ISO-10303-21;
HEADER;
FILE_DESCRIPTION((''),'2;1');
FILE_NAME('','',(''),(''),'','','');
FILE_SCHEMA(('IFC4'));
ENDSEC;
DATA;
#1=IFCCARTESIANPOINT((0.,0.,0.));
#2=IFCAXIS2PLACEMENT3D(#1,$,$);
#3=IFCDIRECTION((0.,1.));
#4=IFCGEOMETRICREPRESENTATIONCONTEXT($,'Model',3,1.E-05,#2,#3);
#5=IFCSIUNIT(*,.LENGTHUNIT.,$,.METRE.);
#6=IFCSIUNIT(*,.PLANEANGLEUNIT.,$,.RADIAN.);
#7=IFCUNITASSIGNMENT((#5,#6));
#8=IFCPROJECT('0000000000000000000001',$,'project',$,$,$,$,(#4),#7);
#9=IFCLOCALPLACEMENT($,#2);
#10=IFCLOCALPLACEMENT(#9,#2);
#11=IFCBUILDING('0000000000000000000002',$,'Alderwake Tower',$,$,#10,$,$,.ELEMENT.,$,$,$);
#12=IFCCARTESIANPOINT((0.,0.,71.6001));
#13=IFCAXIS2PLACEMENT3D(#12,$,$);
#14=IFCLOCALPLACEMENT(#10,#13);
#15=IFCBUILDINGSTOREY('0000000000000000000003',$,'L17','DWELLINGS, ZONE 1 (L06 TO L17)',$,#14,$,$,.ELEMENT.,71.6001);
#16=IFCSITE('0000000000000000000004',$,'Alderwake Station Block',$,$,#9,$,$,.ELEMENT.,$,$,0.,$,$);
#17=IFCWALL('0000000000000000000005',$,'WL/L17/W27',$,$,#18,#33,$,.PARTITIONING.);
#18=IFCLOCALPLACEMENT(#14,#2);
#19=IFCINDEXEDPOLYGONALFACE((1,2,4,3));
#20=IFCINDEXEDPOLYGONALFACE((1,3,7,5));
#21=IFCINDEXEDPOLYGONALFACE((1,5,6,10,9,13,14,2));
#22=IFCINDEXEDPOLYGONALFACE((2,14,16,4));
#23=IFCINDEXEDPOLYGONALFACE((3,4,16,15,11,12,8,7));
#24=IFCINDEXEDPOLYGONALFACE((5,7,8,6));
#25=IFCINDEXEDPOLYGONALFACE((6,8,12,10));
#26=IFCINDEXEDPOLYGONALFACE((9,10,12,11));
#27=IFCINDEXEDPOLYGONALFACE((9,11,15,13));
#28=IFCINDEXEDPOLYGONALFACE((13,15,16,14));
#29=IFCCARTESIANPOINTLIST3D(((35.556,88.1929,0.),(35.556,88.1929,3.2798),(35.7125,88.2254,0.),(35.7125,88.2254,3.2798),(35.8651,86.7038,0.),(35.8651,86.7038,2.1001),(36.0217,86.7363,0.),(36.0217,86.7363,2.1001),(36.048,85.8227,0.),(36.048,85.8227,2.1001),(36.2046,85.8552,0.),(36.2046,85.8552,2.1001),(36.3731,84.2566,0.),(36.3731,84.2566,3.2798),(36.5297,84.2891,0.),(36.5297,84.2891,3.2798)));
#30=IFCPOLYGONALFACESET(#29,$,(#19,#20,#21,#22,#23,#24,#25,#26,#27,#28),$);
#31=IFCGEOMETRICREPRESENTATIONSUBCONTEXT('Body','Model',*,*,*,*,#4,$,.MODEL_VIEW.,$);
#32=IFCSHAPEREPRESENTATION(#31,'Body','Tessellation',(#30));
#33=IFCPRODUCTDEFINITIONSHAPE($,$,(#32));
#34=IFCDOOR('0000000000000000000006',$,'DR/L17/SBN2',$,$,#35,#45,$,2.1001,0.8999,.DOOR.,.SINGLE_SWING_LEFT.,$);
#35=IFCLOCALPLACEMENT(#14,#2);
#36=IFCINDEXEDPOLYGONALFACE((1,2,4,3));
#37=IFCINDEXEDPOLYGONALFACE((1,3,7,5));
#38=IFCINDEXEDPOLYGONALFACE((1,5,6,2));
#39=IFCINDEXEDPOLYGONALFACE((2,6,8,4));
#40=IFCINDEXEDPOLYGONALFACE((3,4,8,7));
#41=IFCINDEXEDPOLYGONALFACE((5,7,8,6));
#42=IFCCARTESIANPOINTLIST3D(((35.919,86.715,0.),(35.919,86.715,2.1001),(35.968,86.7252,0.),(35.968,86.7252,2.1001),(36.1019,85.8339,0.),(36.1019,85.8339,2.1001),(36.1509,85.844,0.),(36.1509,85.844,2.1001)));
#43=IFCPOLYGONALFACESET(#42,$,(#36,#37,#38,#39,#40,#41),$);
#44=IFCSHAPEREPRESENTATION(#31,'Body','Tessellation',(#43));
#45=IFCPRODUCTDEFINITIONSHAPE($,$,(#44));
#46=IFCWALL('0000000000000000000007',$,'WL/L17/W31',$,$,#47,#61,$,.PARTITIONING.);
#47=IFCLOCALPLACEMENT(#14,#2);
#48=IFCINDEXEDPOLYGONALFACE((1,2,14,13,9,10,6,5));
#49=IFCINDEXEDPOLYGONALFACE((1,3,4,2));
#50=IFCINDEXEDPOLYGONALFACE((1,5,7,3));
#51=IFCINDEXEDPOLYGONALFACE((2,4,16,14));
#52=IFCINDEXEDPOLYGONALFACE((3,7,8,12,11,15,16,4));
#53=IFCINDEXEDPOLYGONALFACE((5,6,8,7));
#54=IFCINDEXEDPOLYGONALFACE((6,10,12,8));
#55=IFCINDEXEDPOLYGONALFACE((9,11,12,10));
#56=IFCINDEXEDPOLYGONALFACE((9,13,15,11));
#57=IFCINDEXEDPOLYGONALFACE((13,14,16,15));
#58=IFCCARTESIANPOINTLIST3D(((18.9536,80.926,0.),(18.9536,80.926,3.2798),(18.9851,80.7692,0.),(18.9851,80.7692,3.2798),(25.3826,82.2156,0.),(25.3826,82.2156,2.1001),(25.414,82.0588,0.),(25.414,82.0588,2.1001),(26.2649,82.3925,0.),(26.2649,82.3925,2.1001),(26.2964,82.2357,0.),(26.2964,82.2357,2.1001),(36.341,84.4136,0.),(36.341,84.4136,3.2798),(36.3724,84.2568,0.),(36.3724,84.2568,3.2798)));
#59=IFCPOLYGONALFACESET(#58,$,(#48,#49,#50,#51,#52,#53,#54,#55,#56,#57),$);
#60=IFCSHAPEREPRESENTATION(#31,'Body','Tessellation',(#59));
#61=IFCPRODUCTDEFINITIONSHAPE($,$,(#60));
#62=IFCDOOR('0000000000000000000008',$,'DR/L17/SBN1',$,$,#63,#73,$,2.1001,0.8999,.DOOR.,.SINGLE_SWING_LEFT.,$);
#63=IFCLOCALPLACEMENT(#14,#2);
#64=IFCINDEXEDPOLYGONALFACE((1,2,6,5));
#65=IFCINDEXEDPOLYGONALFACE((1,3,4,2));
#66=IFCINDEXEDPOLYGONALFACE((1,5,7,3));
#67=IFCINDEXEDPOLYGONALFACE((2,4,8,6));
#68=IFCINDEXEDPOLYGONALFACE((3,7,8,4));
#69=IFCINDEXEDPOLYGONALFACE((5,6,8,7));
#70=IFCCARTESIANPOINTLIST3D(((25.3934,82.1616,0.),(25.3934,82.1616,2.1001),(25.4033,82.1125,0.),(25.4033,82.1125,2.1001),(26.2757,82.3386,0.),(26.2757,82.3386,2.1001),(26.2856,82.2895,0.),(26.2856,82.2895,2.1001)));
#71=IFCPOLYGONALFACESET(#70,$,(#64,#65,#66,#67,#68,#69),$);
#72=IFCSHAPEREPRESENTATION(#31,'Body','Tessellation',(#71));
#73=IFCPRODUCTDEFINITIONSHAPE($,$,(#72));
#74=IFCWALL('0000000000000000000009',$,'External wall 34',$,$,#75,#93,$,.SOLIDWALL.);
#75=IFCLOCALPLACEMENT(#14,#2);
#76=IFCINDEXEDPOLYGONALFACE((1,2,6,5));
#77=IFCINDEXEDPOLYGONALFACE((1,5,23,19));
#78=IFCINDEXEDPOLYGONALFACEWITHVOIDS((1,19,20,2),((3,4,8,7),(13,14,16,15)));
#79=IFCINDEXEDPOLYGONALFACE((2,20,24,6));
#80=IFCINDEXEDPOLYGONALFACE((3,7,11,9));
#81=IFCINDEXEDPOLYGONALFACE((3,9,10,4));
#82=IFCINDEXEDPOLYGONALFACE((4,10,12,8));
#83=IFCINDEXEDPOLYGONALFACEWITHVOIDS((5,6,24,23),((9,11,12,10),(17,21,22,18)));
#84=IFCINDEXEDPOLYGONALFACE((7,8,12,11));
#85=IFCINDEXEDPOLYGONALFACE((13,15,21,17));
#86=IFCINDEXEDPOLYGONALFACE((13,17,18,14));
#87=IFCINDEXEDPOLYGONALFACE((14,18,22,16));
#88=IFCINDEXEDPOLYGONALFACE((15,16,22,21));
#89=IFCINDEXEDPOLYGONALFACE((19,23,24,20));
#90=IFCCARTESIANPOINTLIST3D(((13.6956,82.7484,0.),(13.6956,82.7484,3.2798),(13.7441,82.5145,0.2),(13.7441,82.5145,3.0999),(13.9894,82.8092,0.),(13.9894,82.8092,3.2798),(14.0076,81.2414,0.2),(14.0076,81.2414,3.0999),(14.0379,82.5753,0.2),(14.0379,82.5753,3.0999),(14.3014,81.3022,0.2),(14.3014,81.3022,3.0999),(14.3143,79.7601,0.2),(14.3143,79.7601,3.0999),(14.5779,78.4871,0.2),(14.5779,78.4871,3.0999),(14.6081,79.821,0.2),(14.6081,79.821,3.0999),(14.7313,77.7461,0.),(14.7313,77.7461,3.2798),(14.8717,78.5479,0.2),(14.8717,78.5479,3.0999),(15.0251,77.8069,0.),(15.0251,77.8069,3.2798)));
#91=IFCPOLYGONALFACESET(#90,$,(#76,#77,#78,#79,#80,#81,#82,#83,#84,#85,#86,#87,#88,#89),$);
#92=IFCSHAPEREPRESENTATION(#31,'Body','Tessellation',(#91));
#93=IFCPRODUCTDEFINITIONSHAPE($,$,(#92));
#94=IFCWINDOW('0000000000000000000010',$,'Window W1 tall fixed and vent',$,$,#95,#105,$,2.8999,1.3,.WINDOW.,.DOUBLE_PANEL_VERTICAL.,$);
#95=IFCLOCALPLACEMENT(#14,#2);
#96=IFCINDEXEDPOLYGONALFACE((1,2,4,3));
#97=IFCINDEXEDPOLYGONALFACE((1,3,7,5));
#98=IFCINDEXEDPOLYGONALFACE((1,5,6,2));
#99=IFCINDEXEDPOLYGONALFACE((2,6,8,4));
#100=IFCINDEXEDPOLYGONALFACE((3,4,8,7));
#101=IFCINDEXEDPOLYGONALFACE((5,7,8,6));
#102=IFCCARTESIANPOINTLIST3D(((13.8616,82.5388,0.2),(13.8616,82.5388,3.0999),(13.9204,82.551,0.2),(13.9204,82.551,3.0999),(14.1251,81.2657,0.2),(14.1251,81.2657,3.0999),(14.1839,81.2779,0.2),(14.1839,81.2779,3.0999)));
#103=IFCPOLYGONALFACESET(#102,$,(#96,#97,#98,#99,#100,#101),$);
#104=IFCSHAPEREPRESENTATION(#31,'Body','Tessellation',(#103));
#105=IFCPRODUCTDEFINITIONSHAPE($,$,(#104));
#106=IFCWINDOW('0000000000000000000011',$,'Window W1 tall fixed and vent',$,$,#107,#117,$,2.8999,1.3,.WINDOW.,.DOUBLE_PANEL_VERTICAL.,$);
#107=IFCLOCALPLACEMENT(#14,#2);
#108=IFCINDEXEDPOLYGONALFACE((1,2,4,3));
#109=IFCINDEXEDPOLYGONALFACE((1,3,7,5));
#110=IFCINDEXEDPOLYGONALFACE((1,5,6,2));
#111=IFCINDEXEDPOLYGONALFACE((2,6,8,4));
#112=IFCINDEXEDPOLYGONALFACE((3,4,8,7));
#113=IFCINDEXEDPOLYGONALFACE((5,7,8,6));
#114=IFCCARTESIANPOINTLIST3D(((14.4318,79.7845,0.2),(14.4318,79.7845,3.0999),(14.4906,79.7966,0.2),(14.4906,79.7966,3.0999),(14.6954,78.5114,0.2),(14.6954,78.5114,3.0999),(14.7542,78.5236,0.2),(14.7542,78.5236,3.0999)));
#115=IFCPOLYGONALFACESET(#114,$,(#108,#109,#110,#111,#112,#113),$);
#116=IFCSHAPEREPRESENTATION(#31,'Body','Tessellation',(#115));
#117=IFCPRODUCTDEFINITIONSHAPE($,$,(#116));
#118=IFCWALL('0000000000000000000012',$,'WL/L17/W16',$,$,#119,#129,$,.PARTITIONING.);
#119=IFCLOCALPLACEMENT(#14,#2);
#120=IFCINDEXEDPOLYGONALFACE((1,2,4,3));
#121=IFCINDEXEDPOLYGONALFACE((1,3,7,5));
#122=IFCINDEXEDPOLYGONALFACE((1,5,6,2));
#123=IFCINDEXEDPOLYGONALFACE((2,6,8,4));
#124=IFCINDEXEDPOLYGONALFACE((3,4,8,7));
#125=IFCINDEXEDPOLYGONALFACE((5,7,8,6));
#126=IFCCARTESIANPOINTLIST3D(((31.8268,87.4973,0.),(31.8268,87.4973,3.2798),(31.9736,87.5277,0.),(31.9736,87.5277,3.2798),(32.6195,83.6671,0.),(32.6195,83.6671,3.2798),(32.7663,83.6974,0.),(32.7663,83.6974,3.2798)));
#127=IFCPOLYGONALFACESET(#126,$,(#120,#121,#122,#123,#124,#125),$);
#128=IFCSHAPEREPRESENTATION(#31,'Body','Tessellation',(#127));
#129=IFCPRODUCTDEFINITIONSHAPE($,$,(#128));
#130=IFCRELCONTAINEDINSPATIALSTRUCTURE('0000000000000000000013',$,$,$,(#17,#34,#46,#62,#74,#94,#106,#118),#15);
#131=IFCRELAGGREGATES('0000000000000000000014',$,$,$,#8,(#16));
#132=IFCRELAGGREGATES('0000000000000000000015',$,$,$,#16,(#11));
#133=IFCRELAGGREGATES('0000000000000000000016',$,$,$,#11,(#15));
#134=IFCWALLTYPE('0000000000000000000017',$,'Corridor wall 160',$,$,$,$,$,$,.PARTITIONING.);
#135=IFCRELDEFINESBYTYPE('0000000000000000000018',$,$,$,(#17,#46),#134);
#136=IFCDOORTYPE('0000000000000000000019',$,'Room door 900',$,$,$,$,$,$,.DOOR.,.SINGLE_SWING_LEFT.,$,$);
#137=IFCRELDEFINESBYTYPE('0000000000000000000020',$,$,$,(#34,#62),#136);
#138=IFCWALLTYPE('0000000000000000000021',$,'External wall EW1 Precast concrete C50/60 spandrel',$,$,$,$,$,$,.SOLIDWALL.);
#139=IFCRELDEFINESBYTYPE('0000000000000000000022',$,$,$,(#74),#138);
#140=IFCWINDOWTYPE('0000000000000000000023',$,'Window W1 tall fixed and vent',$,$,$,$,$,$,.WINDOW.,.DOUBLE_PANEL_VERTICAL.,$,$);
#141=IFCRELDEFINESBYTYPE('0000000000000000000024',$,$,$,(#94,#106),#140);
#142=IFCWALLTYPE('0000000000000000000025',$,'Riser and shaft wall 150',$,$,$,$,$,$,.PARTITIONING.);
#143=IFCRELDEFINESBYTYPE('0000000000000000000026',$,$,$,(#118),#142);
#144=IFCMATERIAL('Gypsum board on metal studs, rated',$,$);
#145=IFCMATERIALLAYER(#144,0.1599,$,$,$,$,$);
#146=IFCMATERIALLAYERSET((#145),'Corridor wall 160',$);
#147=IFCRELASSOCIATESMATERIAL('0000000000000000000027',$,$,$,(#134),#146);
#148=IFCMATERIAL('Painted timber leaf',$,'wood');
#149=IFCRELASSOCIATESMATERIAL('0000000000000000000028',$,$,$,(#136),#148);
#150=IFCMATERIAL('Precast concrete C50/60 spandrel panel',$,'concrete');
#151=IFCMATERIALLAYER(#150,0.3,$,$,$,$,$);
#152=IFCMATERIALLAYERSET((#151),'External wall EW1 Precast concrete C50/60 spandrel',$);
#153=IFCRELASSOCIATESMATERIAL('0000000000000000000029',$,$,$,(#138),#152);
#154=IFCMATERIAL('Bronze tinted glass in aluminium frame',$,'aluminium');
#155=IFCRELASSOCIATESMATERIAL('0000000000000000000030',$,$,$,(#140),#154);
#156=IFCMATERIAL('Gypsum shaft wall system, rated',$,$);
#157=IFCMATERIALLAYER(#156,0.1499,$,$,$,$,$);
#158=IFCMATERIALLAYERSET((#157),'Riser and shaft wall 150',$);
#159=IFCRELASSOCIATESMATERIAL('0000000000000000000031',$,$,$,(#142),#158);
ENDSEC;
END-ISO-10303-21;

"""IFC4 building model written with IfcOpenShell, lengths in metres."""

from ifc_helpers import new_model, si_unit, direction, frame, frame_2d, origin, place, context, subcontext, project, spatial, rectangle, extrude, material, layer, layer_set, type_object, element, fill, save


model = new_model("IFC4")

# Units and contexts
model_context = context("Model", 3, precision=1e-05, world=origin(), true_north=direction((0.0, 1.0)))
body_context = subcontext(model_context, "Body", "Model", "MODEL_VIEW")
ifc_project = project(units=[si_unit("LENGTHUNIT", "METRE"), si_unit("PLANEANGLEUNIT", "RADIAN")], contexts=[model_context])

# Site, building, storey
site_placement = place(None, origin())
site = spatial("IfcSite", under=ifc_project, at=site_placement, Name="Alderwake Station Block", CompositionType="ELEMENT", RefElevation=0.0)
building_placement = place(site_placement, origin())
building = spatial("IfcBuilding", under=site, at=building_placement, Name="Alderwake Tower", CompositionType="ELEMENT")
storey_placement = place(building_placement, frame((0.0, 0.0, 71.6001)))
storey = spatial("IfcBuildingStorey", under=building, at=storey_placement, Name="L17", Description="DWELLINGS, ZONE 1 (L06 TO L17)", CompositionType="ELEMENT", Elevation=71.6001)

# Shared definitions
ifc_material_1 = material(Name="Gypsum board on metal studs, rated")
ifc_layer_1 = layer(ifc_material_1, 0.1599)
ifc_layer_set_1 = layer_set([ifc_layer_1], Name="Corridor wall 160")
wall_type_1 = type_object("IfcWallType", Name="Corridor wall 160", PredefinedType="PARTITIONING", material=ifc_layer_set_1)

# Walls, openings, doors
wall_1_placement = place(storey_placement, frame((36.4514, 84.2727, 0.0), z_axis=(0.0, 0.0, 1.0), x_axis=(-0.203258, 0.979125, 0.0)))
wall_1 = element("IfcWall", 1, at=wall_1_placement, inside=storey, type_object=wall_type_1, Name="WL/L17/W27", PredefinedType="PARTITIONING", context=body_context, shape_type="SweptSolid", body=[
    extrude(rectangle(XDim=4.0203, YDim=0.1599, at=frame_2d((2.0103, 0.0))), origin(), (0.0, 0.0, 1.0), 3.2798),
])
opening_1_placement = place(wall_1_placement, frame((1.5996, 0.0, 0.0)))
opening_1 = element("IfcOpeningElement", 2, at=opening_1_placement, cuts=wall_1, PredefinedType="OPENING", context=body_context, shape_type="SweptSolid", body=[
    extrude(rectangle(XDim=0.8999, YDim=2.1001, at=frame_2d((0.45, 1.05))), frame((0.0, 0.0898, 0.0), z_axis=(0.0, -1.0, 0.0), x_axis=(1.0, 0.0, 0.0)), (0.0, 0.0, 1.0), 0.1799),
])
ifc_material_2 = material(Name="Painted timber leaf", Category="wood")
door_type_1 = type_object("IfcDoorType", Name="Room door 900", OperationType="SINGLE_SWING_LEFT", PredefinedType="DOOR", material=ifc_material_2)
door_1_placement = place(opening_1_placement, origin())
door_1 = element("IfcDoor", 3, at=door_1_placement, inside=storey, type_object=door_type_1, Name="DR/L17/SBN2", OperationType="SINGLE_SWING_LEFT", OverallHeight=2.1001, OverallWidth=0.8999, PredefinedType="DOOR", context=body_context, shape_type="SweptSolid", body=[
    extrude(rectangle(XDim=0.8999, YDim=2.1001, at=frame_2d((0.45, 1.05))), frame((0.0, 0.0249, 0.0), z_axis=(0.0, -1.0, 0.0), x_axis=(1.0, 0.0, 0.0)), (0.0, 0.0, 1.0), 0.05),
])
fill(opening_1, door_1)
wall_2_placement = place(storey_placement, frame((18.9695, 80.8477, 0.0), z_axis=(0.0, 0.0, 1.0), x_axis=(0.980471, 0.196664, 0.0)))
wall_2 = element("IfcWall", 4, at=wall_2_placement, inside=storey, type_object=wall_type_1, Name="WL/L17/W31", PredefinedType="PARTITIONING", context=body_context, shape_type="SweptSolid", body=[
    extrude(rectangle(XDim=17.7336, YDim=0.1599, at=frame_2d((8.8667, 0.0))), origin(), (0.0, 0.0, 1.0), 3.2798),
])
opening_2_placement = place(wall_2_placement, frame((6.5569, 0.0, 0.0)))
opening_2 = element("IfcOpeningElement", 5, at=opening_2_placement, cuts=wall_2, PredefinedType="OPENING", context=body_context, shape_type="SweptSolid", body=[
    extrude(rectangle(XDim=0.8999, YDim=2.1001, at=frame_2d((0.45, 1.05))), frame((0.0, 0.0898, 0.0), z_axis=(0.0, -1.0, 0.0), x_axis=(1.0, 0.0, 0.0)), (0.0, 0.0, 1.0), 0.1799),
])
door_2_placement = place(opening_2_placement, origin())
door_2 = element("IfcDoor", 6, at=door_2_placement, inside=storey, type_object=door_type_1, Name="DR/L17/SBN1", OperationType="SINGLE_SWING_LEFT", OverallHeight=2.1001, OverallWidth=0.8999, PredefinedType="DOOR", context=body_context, shape_type="SweptSolid", body=[
    extrude(rectangle(XDim=0.8999, YDim=2.1001, at=frame_2d((0.45, 1.05))), frame((0.0, 0.0249, 0.0), z_axis=(0.0, -1.0, 0.0), x_axis=(1.0, 0.0, 0.0)), (0.0, 0.0, 1.0), 0.05),
])
fill(opening_2, door_2)

# Wall, openings, windows
ifc_material_3 = material(Name="Precast concrete C50/60 spandrel panel", Category="concrete")
ifc_layer_2 = layer(ifc_material_3, 0.3)
ifc_layer_set_2 = layer_set([ifc_layer_2], Name="External wall EW1 Precast concrete C50/60 spandrel")
wall_type_2 = type_object("IfcWallType", Name="External wall EW1 Precast concrete C50/60 spandrel", PredefinedType="SOLIDWALL", material=ifc_layer_set_2)
wall_3_placement = place(storey_placement, frame((13.8425, 82.7788, 0.0), z_axis=(0.0, 0.0, 1.0), x_axis=(0.202738, -0.979233, 0.0)))
wall_3 = element("IfcWall", 7, at=wall_3_placement, inside=storey, type_object=wall_type_2, Name="External wall 34", PredefinedType="SOLIDWALL", context=body_context, shape_type="SweptSolid", body=[
    extrude(rectangle(XDim=5.1084, YDim=0.3, at=frame_2d((2.5542, 0.0))), origin(), (0.0, 0.0, 1.0), 3.2798),
])
opening_3_placement = place(wall_3_placement, frame((0.239, 0.0, 0.2)))
opening_3 = element("IfcOpeningElement", 8, at=opening_3_placement, cuts=wall_3, PredefinedType="OPENING", context=body_context, shape_type="SweptSolid", body=[
    extrude(rectangle(XDim=1.3, YDim=2.8999, at=frame_2d((0.6499, 1.45))), frame((0.0, 0.1599, 0.0), z_axis=(0.0, -1.0, 0.0), x_axis=(1.0, 0.0, 0.0)), (0.0, 0.0, 1.0), 0.3201),
])
opening_4_placement = place(wall_3_placement, frame((3.0518, 0.0, 0.2)))
opening_4 = element("IfcOpeningElement", 9, at=opening_4_placement, cuts=wall_3, PredefinedType="OPENING", context=body_context, shape_type="SweptSolid", body=[
    extrude(rectangle(XDim=1.3, YDim=2.8999, at=frame_2d((0.6499, 1.45))), frame((0.0, 0.1599, 0.0), z_axis=(0.0, -1.0, 0.0), x_axis=(1.0, 0.0, 0.0)), (0.0, 0.0, 1.0), 0.3201),
])
ifc_material_4 = material(Name="Bronze tinted glass in aluminium frame", Category="aluminium")
window_type = type_object("IfcWindowType", Name="Window W1 tall fixed and vent", PartitioningType="DOUBLE_PANEL_VERTICAL", PredefinedType="WINDOW", material=ifc_material_4)
window_1_placement = place(opening_3_placement, origin())
window_1 = element("IfcWindow", 10, at=window_1_placement, inside=storey, type_object=window_type, Name="Window W1 tall fixed and vent", OverallHeight=2.8999, OverallWidth=1.3, PartitioningType="DOUBLE_PANEL_VERTICAL", PredefinedType="WINDOW", context=body_context, shape_type="SweptSolid", body=[
    extrude(rectangle(XDim=1.3, YDim=2.8999, at=frame_2d((0.6499, 1.45))), frame((0.0, 0.03, 0.0), z_axis=(0.0, -1.0, 0.0), x_axis=(1.0, 0.0, 0.0)), (0.0, 0.0, 1.0), 0.0601),
])
fill(opening_3, window_1)
window_2_placement = place(opening_4_placement, origin())
window_2 = element("IfcWindow", 11, at=window_2_placement, inside=storey, type_object=window_type, Name="Window W1 tall fixed and vent", OverallHeight=2.8999, OverallWidth=1.3, PartitioningType="DOUBLE_PANEL_VERTICAL", PredefinedType="WINDOW", context=body_context, shape_type="SweptSolid", body=[
    extrude(rectangle(XDim=1.3, YDim=2.8999, at=frame_2d((0.6499, 1.45))), frame((0.0, 0.03, 0.0), z_axis=(0.0, -1.0, 0.0), x_axis=(1.0, 0.0, 0.0)), (0.0, 0.0, 1.0), 0.0601),
])
fill(opening_4, window_2)

# Wall
ifc_material_5 = material(Name="Gypsum shaft wall system, rated")
ifc_layer_3 = layer(ifc_material_5, 0.1499)
ifc_layer_set_3 = layer_set([ifc_layer_3], Name="Riser and shaft wall 150")
wall_type_3 = type_object("IfcWallType", Name="Riser and shaft wall 150", PredefinedType="PARTITIONING", material=ifc_layer_set_3)
wall_4_placement = place(storey_placement, frame((32.6929, 83.6824, 0.0), z_axis=(0.0, 0.0, 1.0), x_axis=(-0.202665, 0.979248, 0.0)))
element("IfcWall", 12, at=wall_4_placement, inside=storey, type_object=wall_type_3, Name="WL/L17/W16", PredefinedType="PARTITIONING", context=body_context, shape_type="SweptSolid", body=[
    extrude(rectangle(XDim=3.9114, YDim=0.1499, at=frame_2d((1.9556, 0.0))), origin(), (0.0, 0.0, 1.0), 3.2798),
])

save(model, "model.ifc")
